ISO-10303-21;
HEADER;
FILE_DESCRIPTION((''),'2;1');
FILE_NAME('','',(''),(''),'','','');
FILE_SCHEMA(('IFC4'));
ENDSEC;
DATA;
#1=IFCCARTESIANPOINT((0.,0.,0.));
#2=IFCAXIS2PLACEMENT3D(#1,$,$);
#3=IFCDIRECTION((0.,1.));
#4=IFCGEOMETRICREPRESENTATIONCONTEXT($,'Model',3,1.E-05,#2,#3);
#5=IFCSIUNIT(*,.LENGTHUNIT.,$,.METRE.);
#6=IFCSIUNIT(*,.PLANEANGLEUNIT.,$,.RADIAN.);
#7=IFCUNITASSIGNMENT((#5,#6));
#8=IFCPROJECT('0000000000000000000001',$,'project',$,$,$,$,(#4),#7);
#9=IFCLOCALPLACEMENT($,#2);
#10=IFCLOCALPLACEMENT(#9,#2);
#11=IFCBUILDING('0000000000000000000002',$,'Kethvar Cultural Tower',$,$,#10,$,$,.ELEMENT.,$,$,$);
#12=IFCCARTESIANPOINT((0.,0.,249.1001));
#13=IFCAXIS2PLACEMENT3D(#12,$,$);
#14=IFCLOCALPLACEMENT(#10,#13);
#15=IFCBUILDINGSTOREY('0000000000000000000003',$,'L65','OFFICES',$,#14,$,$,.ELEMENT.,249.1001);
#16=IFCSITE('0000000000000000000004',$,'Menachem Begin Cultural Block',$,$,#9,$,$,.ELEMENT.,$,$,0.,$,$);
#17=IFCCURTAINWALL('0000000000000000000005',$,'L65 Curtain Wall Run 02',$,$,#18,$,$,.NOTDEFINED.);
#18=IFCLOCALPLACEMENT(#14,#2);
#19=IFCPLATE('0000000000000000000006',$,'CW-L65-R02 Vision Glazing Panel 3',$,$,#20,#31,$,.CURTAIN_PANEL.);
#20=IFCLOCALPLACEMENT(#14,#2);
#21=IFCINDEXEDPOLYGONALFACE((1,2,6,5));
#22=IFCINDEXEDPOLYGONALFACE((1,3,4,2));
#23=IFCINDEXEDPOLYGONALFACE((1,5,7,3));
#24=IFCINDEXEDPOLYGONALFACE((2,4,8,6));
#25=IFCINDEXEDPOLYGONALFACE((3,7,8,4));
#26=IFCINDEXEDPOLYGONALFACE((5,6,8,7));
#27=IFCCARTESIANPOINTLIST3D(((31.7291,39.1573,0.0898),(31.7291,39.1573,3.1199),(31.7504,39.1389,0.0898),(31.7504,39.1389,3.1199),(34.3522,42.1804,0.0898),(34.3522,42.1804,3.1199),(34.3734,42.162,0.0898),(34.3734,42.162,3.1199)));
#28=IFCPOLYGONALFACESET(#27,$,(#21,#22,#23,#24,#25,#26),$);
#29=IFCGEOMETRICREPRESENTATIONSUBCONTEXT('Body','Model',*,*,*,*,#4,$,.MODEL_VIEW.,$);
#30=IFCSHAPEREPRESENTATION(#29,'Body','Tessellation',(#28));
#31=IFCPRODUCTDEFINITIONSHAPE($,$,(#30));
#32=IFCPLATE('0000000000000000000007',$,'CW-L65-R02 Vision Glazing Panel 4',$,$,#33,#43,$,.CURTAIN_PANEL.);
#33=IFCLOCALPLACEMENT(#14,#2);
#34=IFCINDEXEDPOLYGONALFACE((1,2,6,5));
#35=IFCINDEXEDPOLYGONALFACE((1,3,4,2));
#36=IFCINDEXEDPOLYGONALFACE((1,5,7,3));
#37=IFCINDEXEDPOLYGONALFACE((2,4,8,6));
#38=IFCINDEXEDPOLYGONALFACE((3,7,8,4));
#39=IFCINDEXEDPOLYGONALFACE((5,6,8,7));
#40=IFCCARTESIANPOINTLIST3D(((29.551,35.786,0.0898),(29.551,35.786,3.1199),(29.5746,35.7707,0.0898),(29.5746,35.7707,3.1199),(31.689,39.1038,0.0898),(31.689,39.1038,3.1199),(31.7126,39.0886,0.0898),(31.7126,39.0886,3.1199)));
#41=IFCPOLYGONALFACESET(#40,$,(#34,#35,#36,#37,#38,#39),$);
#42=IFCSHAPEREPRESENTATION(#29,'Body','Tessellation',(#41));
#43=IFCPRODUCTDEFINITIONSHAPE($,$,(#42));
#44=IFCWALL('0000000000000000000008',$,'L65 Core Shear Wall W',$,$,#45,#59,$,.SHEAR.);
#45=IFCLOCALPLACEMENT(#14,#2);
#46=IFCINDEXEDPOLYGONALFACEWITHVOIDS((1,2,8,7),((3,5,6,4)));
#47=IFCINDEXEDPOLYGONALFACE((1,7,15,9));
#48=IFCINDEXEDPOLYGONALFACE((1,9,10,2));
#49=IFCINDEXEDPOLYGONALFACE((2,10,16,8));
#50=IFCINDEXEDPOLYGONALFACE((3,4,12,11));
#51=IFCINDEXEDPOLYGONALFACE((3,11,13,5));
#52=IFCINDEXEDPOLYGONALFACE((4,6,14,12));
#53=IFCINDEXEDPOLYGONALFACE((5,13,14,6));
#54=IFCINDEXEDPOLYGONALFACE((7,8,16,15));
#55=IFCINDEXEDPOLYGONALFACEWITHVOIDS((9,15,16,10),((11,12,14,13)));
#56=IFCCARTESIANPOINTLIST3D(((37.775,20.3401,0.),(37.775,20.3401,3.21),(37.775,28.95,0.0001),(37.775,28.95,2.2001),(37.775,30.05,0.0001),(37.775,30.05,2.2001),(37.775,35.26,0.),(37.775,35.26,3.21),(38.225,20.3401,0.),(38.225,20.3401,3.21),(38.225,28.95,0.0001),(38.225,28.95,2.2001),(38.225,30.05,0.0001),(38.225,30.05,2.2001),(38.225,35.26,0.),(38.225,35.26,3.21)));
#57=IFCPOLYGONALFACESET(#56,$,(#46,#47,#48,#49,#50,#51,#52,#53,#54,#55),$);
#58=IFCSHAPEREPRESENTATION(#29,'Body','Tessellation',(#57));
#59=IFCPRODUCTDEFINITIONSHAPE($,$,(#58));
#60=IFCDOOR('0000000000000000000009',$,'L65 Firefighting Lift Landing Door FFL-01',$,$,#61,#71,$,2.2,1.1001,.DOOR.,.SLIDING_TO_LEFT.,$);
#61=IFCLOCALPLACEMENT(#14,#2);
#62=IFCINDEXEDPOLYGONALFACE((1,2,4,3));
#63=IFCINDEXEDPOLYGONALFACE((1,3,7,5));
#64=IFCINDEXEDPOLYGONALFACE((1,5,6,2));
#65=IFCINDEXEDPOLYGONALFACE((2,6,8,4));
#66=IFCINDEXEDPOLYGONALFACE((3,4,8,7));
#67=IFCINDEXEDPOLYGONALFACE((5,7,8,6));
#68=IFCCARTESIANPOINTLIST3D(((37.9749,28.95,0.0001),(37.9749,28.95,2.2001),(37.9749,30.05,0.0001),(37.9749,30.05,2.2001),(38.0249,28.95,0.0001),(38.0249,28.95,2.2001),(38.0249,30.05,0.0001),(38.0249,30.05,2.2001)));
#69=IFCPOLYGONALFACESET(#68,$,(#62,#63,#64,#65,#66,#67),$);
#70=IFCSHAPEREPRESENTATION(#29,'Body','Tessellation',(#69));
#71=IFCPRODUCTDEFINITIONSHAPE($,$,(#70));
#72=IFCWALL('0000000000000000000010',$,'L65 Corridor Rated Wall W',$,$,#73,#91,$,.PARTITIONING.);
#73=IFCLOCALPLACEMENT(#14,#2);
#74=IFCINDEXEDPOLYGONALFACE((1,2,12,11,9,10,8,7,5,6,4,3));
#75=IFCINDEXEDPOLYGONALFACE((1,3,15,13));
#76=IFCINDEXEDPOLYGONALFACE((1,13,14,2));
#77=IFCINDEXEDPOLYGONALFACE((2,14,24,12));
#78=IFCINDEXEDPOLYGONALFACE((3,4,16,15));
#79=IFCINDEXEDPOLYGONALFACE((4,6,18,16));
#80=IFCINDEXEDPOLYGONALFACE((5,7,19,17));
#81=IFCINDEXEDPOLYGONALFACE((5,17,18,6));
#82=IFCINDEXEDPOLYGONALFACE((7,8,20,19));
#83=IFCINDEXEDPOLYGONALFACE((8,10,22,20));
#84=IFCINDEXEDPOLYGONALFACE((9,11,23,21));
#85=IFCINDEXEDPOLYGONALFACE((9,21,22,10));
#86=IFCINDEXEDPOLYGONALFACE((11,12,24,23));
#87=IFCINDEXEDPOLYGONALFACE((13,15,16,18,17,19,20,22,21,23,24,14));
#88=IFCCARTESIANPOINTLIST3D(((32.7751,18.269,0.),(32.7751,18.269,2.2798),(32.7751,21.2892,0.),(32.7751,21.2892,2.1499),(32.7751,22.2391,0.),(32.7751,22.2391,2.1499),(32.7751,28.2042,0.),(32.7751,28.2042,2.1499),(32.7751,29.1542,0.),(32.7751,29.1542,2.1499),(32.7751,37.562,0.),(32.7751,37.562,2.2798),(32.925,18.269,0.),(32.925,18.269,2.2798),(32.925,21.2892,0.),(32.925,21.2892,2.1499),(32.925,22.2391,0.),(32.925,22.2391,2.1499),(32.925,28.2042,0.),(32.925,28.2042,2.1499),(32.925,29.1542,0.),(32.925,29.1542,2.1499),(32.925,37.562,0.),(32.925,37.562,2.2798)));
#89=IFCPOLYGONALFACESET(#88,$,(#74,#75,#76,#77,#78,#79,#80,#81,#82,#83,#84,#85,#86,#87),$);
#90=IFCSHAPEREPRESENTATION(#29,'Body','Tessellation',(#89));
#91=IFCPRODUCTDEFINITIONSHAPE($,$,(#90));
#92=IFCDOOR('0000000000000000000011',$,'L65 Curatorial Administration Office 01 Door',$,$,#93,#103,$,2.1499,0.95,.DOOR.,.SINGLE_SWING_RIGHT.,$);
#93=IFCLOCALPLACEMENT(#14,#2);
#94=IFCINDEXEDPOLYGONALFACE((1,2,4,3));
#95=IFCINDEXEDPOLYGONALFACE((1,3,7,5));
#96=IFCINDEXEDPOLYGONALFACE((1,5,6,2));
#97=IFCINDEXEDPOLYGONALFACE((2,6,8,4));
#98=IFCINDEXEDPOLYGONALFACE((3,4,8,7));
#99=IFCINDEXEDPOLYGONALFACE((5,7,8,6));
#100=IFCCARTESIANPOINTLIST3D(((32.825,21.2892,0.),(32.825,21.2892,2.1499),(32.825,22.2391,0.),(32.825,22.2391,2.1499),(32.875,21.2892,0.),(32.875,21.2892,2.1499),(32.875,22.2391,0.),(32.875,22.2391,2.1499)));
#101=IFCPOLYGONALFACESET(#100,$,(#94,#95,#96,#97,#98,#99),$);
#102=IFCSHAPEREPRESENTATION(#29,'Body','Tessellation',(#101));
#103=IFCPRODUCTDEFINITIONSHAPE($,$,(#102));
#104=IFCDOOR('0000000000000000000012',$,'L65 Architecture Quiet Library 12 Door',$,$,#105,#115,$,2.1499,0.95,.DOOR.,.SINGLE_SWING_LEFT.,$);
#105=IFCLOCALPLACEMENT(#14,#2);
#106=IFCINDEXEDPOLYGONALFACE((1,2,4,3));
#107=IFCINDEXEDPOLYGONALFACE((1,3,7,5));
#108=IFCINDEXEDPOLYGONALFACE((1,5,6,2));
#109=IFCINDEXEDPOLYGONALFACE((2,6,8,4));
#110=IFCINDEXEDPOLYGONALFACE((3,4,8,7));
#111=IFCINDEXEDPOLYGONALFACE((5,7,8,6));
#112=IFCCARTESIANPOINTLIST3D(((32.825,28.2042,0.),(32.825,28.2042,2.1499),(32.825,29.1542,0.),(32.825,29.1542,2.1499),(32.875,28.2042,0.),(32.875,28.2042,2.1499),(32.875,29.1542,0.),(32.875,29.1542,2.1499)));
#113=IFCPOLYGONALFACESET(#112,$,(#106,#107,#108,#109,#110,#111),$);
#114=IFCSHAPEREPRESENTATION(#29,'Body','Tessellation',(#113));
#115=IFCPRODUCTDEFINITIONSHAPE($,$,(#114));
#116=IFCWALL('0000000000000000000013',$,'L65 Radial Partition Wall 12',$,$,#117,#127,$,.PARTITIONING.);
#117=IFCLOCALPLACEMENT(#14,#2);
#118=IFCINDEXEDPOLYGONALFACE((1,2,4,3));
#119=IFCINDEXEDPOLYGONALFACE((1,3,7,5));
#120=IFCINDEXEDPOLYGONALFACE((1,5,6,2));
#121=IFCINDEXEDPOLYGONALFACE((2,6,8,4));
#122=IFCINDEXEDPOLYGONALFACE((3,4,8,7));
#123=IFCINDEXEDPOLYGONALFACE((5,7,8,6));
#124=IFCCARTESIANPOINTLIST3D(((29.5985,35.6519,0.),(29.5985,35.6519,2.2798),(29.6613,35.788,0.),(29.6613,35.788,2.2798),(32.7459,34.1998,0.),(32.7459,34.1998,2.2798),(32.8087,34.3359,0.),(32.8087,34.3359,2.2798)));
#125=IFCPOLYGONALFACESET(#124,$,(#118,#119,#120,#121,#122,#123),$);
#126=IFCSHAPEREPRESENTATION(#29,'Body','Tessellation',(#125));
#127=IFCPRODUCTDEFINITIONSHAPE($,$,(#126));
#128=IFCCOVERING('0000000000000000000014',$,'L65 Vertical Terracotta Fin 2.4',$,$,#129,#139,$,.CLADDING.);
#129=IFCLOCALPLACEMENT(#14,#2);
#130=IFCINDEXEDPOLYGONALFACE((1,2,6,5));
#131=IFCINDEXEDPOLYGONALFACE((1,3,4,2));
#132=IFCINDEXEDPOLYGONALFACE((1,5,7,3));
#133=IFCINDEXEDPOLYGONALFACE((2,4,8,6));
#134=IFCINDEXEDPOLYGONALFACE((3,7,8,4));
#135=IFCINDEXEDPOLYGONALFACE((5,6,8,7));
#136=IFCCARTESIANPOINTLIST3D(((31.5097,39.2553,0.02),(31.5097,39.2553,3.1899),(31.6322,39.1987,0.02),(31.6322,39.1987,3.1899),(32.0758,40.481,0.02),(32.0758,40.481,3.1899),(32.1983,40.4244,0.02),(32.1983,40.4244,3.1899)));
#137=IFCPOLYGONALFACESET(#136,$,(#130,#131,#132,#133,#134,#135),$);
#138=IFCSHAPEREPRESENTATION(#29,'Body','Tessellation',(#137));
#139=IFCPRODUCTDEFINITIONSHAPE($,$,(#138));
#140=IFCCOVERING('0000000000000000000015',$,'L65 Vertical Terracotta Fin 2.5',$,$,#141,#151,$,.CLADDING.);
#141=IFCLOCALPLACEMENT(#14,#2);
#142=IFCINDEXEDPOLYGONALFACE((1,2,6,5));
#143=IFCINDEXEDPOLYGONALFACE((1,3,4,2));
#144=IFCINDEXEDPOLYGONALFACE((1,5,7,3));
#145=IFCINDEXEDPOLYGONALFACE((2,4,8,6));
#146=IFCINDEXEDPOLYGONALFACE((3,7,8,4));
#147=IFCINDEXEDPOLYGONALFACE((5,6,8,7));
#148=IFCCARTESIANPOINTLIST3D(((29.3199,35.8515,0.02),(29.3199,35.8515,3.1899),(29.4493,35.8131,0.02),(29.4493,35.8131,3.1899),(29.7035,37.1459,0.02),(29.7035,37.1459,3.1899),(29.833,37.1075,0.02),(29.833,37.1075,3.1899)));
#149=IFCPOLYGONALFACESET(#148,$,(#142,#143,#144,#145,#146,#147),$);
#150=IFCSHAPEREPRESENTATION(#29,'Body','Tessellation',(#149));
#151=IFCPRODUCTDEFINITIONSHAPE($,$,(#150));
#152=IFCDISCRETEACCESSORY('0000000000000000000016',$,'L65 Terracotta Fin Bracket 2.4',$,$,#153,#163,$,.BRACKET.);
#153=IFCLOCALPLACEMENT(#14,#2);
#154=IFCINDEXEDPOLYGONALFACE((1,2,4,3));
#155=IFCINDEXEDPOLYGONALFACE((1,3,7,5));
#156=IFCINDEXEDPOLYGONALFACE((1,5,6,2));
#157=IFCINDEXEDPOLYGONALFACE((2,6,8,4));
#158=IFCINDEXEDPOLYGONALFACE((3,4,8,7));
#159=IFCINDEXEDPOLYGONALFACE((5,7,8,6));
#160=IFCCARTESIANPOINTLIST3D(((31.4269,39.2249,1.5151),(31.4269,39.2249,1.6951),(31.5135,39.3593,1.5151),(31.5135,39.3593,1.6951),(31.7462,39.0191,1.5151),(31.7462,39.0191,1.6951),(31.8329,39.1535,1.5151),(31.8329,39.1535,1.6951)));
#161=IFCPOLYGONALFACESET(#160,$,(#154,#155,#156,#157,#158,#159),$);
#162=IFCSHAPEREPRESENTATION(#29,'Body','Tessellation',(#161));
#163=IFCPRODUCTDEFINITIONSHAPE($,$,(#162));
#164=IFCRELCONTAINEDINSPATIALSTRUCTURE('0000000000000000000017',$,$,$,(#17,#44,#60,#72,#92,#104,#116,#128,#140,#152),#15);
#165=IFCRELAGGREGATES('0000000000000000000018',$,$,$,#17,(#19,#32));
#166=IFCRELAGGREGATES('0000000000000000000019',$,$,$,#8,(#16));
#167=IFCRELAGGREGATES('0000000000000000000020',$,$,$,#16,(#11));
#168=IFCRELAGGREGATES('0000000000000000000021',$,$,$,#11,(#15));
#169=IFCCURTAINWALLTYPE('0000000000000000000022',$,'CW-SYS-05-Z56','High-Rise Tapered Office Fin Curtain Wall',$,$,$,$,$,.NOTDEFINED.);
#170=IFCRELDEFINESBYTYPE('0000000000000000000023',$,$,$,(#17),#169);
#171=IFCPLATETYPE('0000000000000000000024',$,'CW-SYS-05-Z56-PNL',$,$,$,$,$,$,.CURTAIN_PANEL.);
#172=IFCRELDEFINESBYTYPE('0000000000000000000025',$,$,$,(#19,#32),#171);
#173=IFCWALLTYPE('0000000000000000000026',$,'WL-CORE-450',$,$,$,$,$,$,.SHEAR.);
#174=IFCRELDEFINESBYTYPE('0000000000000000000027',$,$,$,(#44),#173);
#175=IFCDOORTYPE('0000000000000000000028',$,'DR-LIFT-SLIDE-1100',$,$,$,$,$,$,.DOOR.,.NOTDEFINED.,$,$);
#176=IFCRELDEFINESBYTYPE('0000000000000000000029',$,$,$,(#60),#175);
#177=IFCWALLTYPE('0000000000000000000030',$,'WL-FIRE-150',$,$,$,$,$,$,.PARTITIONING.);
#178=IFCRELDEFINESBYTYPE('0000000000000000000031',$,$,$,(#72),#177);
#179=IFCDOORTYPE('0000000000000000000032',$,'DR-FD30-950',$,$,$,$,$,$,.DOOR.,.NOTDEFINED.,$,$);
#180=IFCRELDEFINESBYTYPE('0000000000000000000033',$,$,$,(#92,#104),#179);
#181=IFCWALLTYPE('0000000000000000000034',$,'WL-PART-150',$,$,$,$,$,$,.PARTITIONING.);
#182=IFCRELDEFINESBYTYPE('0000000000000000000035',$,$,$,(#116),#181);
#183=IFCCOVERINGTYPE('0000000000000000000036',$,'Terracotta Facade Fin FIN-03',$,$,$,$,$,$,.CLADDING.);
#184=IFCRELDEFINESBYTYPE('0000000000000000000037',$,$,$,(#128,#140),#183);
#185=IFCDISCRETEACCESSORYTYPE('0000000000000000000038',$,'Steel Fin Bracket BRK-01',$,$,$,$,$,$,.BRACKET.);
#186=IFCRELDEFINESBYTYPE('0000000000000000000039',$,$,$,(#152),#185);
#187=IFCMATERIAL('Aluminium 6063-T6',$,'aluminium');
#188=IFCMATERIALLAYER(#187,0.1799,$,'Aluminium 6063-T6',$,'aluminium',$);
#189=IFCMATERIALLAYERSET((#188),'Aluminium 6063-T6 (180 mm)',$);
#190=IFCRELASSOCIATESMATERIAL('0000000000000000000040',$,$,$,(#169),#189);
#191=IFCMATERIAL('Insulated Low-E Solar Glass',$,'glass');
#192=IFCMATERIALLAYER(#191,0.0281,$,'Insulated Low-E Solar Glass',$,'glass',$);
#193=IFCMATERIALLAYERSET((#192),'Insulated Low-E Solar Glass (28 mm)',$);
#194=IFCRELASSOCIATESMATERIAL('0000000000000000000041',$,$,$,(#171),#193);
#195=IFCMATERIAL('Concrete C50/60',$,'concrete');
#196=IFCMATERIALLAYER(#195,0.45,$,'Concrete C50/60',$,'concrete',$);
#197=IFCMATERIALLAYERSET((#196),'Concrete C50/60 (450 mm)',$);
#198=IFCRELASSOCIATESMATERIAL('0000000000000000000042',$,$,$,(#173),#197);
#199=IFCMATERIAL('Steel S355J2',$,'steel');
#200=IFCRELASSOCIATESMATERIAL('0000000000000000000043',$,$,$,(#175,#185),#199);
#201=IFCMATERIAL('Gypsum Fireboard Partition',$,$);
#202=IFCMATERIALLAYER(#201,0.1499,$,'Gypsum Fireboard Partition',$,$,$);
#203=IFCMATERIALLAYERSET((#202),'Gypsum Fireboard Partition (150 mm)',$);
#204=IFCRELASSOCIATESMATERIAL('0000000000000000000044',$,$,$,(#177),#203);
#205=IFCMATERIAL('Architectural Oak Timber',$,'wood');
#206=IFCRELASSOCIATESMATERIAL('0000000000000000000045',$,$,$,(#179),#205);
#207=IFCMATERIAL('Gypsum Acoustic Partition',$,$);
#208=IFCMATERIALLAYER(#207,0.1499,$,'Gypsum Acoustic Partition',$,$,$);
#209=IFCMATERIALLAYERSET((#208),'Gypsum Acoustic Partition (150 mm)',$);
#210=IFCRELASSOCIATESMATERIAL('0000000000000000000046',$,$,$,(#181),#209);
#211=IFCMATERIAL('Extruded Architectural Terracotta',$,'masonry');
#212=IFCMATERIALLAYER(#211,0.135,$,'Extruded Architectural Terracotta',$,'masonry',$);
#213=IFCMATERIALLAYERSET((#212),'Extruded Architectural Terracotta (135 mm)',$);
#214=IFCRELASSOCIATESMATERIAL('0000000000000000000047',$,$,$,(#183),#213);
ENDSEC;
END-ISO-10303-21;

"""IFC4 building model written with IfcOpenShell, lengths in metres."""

from ifc_helpers import new_model, si_unit, direction, frame, frame_2d, origin, origin_2d, place, context, subcontext, project, spatial, rectangle, extrude, source, transform, mapped, material, layer, layer_set, type_object, element, fill, aggregate, save


model = new_model("IFC4")

# Units and contexts
model_context = context("Model", 3, precision=1e-05, world=origin(), true_north=direction((0.0, 1.0)))
body_context = subcontext(model_context, "Body", "Model", "MODEL_VIEW")
ifc_project = project(units=[si_unit("LENGTHUNIT", "METRE"), si_unit("PLANEANGLEUNIT", "RADIAN")], contexts=[model_context])

# Site, building, storey
site_placement = place(None, origin())
site = spatial("IfcSite", under=ifc_project, at=site_placement, Name="Menachem Begin Cultural Block", CompositionType="ELEMENT", RefElevation=0.0)
building_placement = place(site_placement, origin())
building = spatial("IfcBuilding", under=site, at=building_placement, Name="Kethvar Cultural Tower", CompositionType="ELEMENT")
storey_placement = place(building_placement, frame((0.0, 0.0, 249.1001)))
storey = spatial("IfcBuildingStorey", under=building, at=storey_placement, Name="L65", Description="OFFICES", CompositionType="ELEMENT", Elevation=249.1001)

# Shared definitions
ifc_material_1 = material(Name="Steel S355J2", Category="steel")

# Curtain wall, plates
ifc_material_2 = material(Name="Aluminium 6063-T6", Category="aluminium")
ifc_layer_1 = layer(ifc_material_2, 0.1799, Name="Aluminium 6063-T6", Category="aluminium")
ifc_layer_set_1 = layer_set([ifc_layer_1], Name="Aluminium 6063-T6 (180 mm)")
curtain_wall_type = type_object("IfcCurtainWallType", Name="CW-SYS-05-Z56", Description="High-Rise Tapered Office Fin Curtain Wall", PredefinedType="NOTDEFINED", material=ifc_layer_set_1)
curtain_wall_placement = place(storey_placement, origin())
curtain_wall = element("IfcCurtainWall", 1, at=curtain_wall_placement, inside=storey, type_object=curtain_wall_type, Name="L65 Curtain Wall Run 02", PredefinedType="NOTDEFINED")
ifc_material_3 = material(Name="Insulated Low-E Solar Glass", Category="glass")
ifc_layer_2 = layer(ifc_material_3, 0.0281, Name="Insulated Low-E Solar Glass", Category="glass")
ifc_layer_set_2 = layer_set([ifc_layer_2], Name="Insulated Low-E Solar Glass (28 mm)")
plate_type = type_object("IfcPlateType", Name="CW-SYS-05-Z56-PNL", PredefinedType="CURTAIN_PANEL", material=ifc_layer_set_2)
shared_shape_1 = source(origin(), body_context, "Body", "SweptSolid", [
    extrude(rectangle(XDim=4.0024, YDim=0.0281, at=origin_2d()), origin(), (0.0, 0.0, 1.0), 3.03),
])
plate_1_placement = place(storey_placement, frame((33.0513, 40.6597, 0.0898), z_axis=(0.0, 0.0, 1.0), x_axis=(-0.655361, -0.755316, 0.0)))
plate_1 = element("IfcPlate", 2, at=plate_1_placement, type_object=plate_type, Name="CW-L65-R02 Vision Glazing Panel 3", PredefinedType="CURTAIN_PANEL", context=body_context, shape_type="MappedRepresentation", body=[
    mapped(shared_shape_1, transform((0.0, 0.0, 0.0), scale=1.0)),
])
shared_shape_2 = source(origin(), body_context, "Body", "SweptSolid", [
    extrude(rectangle(XDim=3.947, YDim=0.0281, at=origin_2d()), origin(), (0.0, 0.0, 1.0), 3.03),
])
plate_2_placement = place(storey_placement, frame((30.6318, 37.4373, 0.0898), z_axis=(0.0, 0.0, 1.0), x_axis=(-0.541679, -0.840586, 0.0)))
plate_2 = element("IfcPlate", 3, at=plate_2_placement, type_object=plate_type, Name="CW-L65-R02 Vision Glazing Panel 4", PredefinedType="CURTAIN_PANEL", context=body_context, shape_type="MappedRepresentation", body=[
    mapped(shared_shape_2, transform((0.0, 0.0, 0.0), scale=1.0)),
])
aggregate(curtain_wall, [plate_1, plate_2])

# Wall, opening, door
ifc_material_4 = material(Name="Concrete C50/60", Category="concrete")
ifc_layer_3 = layer(ifc_material_4, 0.45, Name="Concrete C50/60", Category="concrete")
ifc_layer_set_3 = layer_set([ifc_layer_3], Name="Concrete C50/60 (450 mm)")
wall_type_1 = type_object("IfcWallType", Name="WL-CORE-450", PredefinedType="SHEAR", material=ifc_layer_set_3)
wall_1_placement = place(storey_placement, frame((38.0, 35.26, 0.0), z_axis=(0.0, 0.0, 1.0), x_axis=(0.0, -1.0, 0.0)))
wall_1 = element("IfcWall", 4, at=wall_1_placement, inside=storey, type_object=wall_type_1, Name="L65 Core Shear Wall W", PredefinedType="SHEAR", context=body_context, shape_type="SweptSolid", body=[
    extrude(rectangle(XDim=14.9199, YDim=0.45, at=frame_2d((7.46, 0.0))), origin(), (0.0, 0.0, 1.0), 3.21),
])
opening_1_placement = place(wall_1_placement, frame((5.21, 0.0, 0.0)))
opening_1 = element("IfcOpeningElement", 5, at=opening_1_placement, cuts=wall_1, PredefinedType="OPENING", context=body_context, shape_type="SweptSolid", body=[
    extrude(rectangle(XDim=1.1001, YDim=2.2, at=frame_2d((0.55, 1.1001))), frame((0.0, 0.2349, 0.0), z_axis=(0.0, -1.0, 0.0), x_axis=(1.0, 0.0, 0.0)), (0.0, 0.0, 1.0), 0.47),
])
door_type_1 = type_object("IfcDoorType", Name="DR-LIFT-SLIDE-1100", OperationType="NOTDEFINED", PredefinedType="DOOR", material=ifc_material_1)
shared_shape_3 = source(origin(), body_context, "Body", "SweptSolid", [
    extrude(rectangle(XDim=1.1001, YDim=2.2, at=frame_2d((0.55, 1.1001))), frame((0.0, 0.0249, 0.0), z_axis=(0.0, -1.0, 0.0), x_axis=(1.0, 0.0, 0.0)), (0.0, 0.0, 1.0), 0.05),
])
door_1_placement = place(opening_1_placement, origin())
door_1 = element("IfcDoor", 6, at=door_1_placement, inside=storey, type_object=door_type_1, Name="L65 Firefighting Lift Landing Door FFL-01", OperationType="SLIDING_TO_LEFT", OverallHeight=2.2, OverallWidth=1.1001, PredefinedType="DOOR", context=body_context, shape_type="MappedRepresentation", body=[
    mapped(shared_shape_3, transform((0.0, 0.0, 0.0), scale=1.0)),
])
fill(opening_1, door_1)

# Wall, openings, doors
ifc_material_5 = material(Name="Gypsum Fireboard Partition")
ifc_layer_4 = layer(ifc_material_5, 0.1499, Name="Gypsum Fireboard Partition")
ifc_layer_set_4 = layer_set([ifc_layer_4], Name="Gypsum Fireboard Partition (150 mm)")
wall_type_2 = type_object("IfcWallType", Name="WL-FIRE-150", PredefinedType="PARTITIONING", material=ifc_layer_set_4)
wall_2_placement = place(storey_placement, frame((32.8501, 37.562, 0.0), z_axis=(0.0, 0.0, 1.0), x_axis=(0.0, -1.0, 0.0)))
wall_2 = element("IfcWall", 7, at=wall_2_placement, inside=storey, type_object=wall_type_2, Name="L65 Corridor Rated Wall W", PredefinedType="PARTITIONING", context=body_context, shape_type="SweptSolid", body=[
    extrude(rectangle(XDim=19.293, YDim=0.1499, at=frame_2d((9.6465, 0.0))), origin(), (0.0, 0.0, 1.0), 2.2798),
])
opening_2_placement = place(wall_2_placement, frame((15.3228, 0.0, 0.0)))
opening_2 = element("IfcOpeningElement", 8, at=opening_2_placement, cuts=wall_2, PredefinedType="OPENING", context=body_context, shape_type="SweptSolid", body=[
    extrude(rectangle(XDim=0.95, YDim=2.1499, at=frame_2d((0.4751, 1.075))), frame((0.0, 0.085, 0.0), z_axis=(0.0, -1.0, 0.0), x_axis=(1.0, 0.0, 0.0)), (0.0, 0.0, 1.0), 0.1699),
])
opening_3_placement = place(wall_2_placement, frame((8.4077, 0.0, 0.0)))
opening_3 = element("IfcOpeningElement", 9, at=opening_3_placement, cuts=wall_2, PredefinedType="OPENING", context=body_context, shape_type="SweptSolid", body=[
    extrude(rectangle(XDim=0.95, YDim=2.1499, at=frame_2d((0.4751, 1.075))), frame((0.0, 0.085, 0.0), z_axis=(0.0, -1.0, 0.0), x_axis=(1.0, 0.0, 0.0)), (0.0, 0.0, 1.0), 0.1699),
])
ifc_material_6 = material(Name="Architectural Oak Timber", Category="wood")
door_type_2 = type_object("IfcDoorType", Name="DR-FD30-950", OperationType="NOTDEFINED", PredefinedType="DOOR", material=ifc_material_6)
shared_shape_4 = source(origin(), body_context, "Body", "SweptSolid", [
    extrude(rectangle(XDim=0.95, YDim=2.1499, at=frame_2d((0.4751, 1.075))), frame((0.0, 0.0249, 0.0), z_axis=(0.0, -1.0, 0.0), x_axis=(1.0, 0.0, 0.0)), (0.0, 0.0, 1.0), 0.05),
])
door_2_placement = place(opening_2_placement, origin())
door_2 = element("IfcDoor", 10, at=door_2_placement, inside=storey, type_object=door_type_2, Name="L65 Curatorial Administration Office 01 Door", OperationType="SINGLE_SWING_RIGHT", OverallHeight=2.1499, OverallWidth=0.95, PredefinedType="DOOR", context=body_context, shape_type="MappedRepresentation", body=[
    mapped(shared_shape_4, transform((0.0, 0.0, 0.0), scale=1.0)),
])
fill(opening_2, door_2)
door_3_placement = place(opening_3_placement, origin())
door_3 = element("IfcDoor", 11, at=door_3_placement, inside=storey, type_object=door_type_2, Name="L65 Architecture Quiet Library 12 Door", OperationType="SINGLE_SWING_LEFT", OverallHeight=2.1499, OverallWidth=0.95, PredefinedType="DOOR", context=body_context, shape_type="MappedRepresentation", body=[
    mapped(shared_shape_4, transform((0.0, 0.0, 0.0), scale=1.0)),
])
fill(opening_3, door_3)

# Wall
ifc_material_7 = material(Name="Gypsum Acoustic Partition")
ifc_layer_5 = layer(ifc_material_7, 0.1499, Name="Gypsum Acoustic Partition")
ifc_layer_set_5 = layer_set([ifc_layer_5], Name="Gypsum Acoustic Partition (150 mm)")
wall_type_3 = type_object("IfcWallType", Name="WL-PART-150", PredefinedType="PARTITIONING", material=ifc_layer_set_5)
wall_3_placement = place(storey_placement, frame((32.7773, 34.2678, 0.0), z_axis=(0.0, 0.0, 1.0), x_axis=(-0.908017, 0.418933, 0.0)))
element("IfcWall", 12, at=wall_3_placement, inside=storey, type_object=wall_type_3, Name="L65 Radial Partition Wall 12", PredefinedType="PARTITIONING", context=body_context, shape_type="SweptSolid", body=[
    extrude(rectangle(XDim=3.4663, YDim=0.1499, at=frame_2d((1.7332, 0.0))), origin(), (0.0, 0.0, 1.0), 2.2798),
])

# Coverings
ifc_material_8 = material(Name="Extruded Architectural Terracotta", Category="masonry")
ifc_layer_6 = layer(ifc_material_8, 0.135, Name="Extruded Architectural Terracotta", Category="masonry")
ifc_layer_set_6 = layer_set([ifc_layer_6], Name="Extruded Architectural Terracotta (135 mm)")
covering_type = type_object("IfcCoveringType", Name="Terracotta Facade Fin FIN-03", PredefinedType="CLADDING", material=ifc_layer_set_6)
shared_shape_5 = source(origin(), body_context, "Body", "SweptSolid", [
    extrude(rectangle(XDim=1.3501, YDim=0.135, at=origin_2d()), origin(), (0.0, 0.0, 1.0), 3.1699),
])
for number, where, z_axis, x_axis, name in (
    (13, (31.854, 39.8398, 0.02), (0.0, 0.0, 1.0), (0.419294, 0.907851, 0.0), "L65 Vertical Terracotta Fin 2.4"),
    (14, (29.5764, 36.4795, 0.02), (0.0, 0.0, 1.0), (0.284183, 0.95877, 0.0), "L65 Vertical Terracotta Fin 2.5"),
):
    element("IfcCovering", number, at=place(storey_placement, frame(where, z_axis=z_axis, x_axis=x_axis)), inside=storey, type_object=covering_type, Name=name, PredefinedType="CLADDING", context=body_context, shape_type="MappedRepresentation", body=[
        mapped(shared_shape_5, transform((0.0, 0.0, 0.0), scale=1.0)),
    ])

# Discrete accessory
discrete_accessory_type = type_object("IfcDiscreteAccessoryType", Name="Steel Fin Bracket BRK-01", PredefinedType="BRACKET", material=ifc_material_1)
shared_shape_6 = source(origin(), body_context, "Body", "SweptSolid", [
    extrude(rectangle(XDim=0.3799, YDim=0.1599, at=origin_2d()), origin(), (0.0, 0.0, 1.0), 0.1799),
])
for number, where, z_axis, x_axis, name in (
    (15, (31.6299, 39.1892, 1.5151), (0.0, 0.0, 1.0), (-0.840567, 0.541708, 0.0), "L65 Terracotta Fin Bracket 2.4"),
):
    element("IfcDiscreteAccessory", number, at=place(storey_placement, frame(where, z_axis=z_axis, x_axis=x_axis)), inside=storey, type_object=discrete_accessory_type, Name=name, PredefinedType="BRACKET", context=body_context, shape_type="MappedRepresentation", body=[
        mapped(shared_shape_6, transform((0.0, 0.0, 0.0), scale=1.0)),
    ])

save(model, "model.ifc")
